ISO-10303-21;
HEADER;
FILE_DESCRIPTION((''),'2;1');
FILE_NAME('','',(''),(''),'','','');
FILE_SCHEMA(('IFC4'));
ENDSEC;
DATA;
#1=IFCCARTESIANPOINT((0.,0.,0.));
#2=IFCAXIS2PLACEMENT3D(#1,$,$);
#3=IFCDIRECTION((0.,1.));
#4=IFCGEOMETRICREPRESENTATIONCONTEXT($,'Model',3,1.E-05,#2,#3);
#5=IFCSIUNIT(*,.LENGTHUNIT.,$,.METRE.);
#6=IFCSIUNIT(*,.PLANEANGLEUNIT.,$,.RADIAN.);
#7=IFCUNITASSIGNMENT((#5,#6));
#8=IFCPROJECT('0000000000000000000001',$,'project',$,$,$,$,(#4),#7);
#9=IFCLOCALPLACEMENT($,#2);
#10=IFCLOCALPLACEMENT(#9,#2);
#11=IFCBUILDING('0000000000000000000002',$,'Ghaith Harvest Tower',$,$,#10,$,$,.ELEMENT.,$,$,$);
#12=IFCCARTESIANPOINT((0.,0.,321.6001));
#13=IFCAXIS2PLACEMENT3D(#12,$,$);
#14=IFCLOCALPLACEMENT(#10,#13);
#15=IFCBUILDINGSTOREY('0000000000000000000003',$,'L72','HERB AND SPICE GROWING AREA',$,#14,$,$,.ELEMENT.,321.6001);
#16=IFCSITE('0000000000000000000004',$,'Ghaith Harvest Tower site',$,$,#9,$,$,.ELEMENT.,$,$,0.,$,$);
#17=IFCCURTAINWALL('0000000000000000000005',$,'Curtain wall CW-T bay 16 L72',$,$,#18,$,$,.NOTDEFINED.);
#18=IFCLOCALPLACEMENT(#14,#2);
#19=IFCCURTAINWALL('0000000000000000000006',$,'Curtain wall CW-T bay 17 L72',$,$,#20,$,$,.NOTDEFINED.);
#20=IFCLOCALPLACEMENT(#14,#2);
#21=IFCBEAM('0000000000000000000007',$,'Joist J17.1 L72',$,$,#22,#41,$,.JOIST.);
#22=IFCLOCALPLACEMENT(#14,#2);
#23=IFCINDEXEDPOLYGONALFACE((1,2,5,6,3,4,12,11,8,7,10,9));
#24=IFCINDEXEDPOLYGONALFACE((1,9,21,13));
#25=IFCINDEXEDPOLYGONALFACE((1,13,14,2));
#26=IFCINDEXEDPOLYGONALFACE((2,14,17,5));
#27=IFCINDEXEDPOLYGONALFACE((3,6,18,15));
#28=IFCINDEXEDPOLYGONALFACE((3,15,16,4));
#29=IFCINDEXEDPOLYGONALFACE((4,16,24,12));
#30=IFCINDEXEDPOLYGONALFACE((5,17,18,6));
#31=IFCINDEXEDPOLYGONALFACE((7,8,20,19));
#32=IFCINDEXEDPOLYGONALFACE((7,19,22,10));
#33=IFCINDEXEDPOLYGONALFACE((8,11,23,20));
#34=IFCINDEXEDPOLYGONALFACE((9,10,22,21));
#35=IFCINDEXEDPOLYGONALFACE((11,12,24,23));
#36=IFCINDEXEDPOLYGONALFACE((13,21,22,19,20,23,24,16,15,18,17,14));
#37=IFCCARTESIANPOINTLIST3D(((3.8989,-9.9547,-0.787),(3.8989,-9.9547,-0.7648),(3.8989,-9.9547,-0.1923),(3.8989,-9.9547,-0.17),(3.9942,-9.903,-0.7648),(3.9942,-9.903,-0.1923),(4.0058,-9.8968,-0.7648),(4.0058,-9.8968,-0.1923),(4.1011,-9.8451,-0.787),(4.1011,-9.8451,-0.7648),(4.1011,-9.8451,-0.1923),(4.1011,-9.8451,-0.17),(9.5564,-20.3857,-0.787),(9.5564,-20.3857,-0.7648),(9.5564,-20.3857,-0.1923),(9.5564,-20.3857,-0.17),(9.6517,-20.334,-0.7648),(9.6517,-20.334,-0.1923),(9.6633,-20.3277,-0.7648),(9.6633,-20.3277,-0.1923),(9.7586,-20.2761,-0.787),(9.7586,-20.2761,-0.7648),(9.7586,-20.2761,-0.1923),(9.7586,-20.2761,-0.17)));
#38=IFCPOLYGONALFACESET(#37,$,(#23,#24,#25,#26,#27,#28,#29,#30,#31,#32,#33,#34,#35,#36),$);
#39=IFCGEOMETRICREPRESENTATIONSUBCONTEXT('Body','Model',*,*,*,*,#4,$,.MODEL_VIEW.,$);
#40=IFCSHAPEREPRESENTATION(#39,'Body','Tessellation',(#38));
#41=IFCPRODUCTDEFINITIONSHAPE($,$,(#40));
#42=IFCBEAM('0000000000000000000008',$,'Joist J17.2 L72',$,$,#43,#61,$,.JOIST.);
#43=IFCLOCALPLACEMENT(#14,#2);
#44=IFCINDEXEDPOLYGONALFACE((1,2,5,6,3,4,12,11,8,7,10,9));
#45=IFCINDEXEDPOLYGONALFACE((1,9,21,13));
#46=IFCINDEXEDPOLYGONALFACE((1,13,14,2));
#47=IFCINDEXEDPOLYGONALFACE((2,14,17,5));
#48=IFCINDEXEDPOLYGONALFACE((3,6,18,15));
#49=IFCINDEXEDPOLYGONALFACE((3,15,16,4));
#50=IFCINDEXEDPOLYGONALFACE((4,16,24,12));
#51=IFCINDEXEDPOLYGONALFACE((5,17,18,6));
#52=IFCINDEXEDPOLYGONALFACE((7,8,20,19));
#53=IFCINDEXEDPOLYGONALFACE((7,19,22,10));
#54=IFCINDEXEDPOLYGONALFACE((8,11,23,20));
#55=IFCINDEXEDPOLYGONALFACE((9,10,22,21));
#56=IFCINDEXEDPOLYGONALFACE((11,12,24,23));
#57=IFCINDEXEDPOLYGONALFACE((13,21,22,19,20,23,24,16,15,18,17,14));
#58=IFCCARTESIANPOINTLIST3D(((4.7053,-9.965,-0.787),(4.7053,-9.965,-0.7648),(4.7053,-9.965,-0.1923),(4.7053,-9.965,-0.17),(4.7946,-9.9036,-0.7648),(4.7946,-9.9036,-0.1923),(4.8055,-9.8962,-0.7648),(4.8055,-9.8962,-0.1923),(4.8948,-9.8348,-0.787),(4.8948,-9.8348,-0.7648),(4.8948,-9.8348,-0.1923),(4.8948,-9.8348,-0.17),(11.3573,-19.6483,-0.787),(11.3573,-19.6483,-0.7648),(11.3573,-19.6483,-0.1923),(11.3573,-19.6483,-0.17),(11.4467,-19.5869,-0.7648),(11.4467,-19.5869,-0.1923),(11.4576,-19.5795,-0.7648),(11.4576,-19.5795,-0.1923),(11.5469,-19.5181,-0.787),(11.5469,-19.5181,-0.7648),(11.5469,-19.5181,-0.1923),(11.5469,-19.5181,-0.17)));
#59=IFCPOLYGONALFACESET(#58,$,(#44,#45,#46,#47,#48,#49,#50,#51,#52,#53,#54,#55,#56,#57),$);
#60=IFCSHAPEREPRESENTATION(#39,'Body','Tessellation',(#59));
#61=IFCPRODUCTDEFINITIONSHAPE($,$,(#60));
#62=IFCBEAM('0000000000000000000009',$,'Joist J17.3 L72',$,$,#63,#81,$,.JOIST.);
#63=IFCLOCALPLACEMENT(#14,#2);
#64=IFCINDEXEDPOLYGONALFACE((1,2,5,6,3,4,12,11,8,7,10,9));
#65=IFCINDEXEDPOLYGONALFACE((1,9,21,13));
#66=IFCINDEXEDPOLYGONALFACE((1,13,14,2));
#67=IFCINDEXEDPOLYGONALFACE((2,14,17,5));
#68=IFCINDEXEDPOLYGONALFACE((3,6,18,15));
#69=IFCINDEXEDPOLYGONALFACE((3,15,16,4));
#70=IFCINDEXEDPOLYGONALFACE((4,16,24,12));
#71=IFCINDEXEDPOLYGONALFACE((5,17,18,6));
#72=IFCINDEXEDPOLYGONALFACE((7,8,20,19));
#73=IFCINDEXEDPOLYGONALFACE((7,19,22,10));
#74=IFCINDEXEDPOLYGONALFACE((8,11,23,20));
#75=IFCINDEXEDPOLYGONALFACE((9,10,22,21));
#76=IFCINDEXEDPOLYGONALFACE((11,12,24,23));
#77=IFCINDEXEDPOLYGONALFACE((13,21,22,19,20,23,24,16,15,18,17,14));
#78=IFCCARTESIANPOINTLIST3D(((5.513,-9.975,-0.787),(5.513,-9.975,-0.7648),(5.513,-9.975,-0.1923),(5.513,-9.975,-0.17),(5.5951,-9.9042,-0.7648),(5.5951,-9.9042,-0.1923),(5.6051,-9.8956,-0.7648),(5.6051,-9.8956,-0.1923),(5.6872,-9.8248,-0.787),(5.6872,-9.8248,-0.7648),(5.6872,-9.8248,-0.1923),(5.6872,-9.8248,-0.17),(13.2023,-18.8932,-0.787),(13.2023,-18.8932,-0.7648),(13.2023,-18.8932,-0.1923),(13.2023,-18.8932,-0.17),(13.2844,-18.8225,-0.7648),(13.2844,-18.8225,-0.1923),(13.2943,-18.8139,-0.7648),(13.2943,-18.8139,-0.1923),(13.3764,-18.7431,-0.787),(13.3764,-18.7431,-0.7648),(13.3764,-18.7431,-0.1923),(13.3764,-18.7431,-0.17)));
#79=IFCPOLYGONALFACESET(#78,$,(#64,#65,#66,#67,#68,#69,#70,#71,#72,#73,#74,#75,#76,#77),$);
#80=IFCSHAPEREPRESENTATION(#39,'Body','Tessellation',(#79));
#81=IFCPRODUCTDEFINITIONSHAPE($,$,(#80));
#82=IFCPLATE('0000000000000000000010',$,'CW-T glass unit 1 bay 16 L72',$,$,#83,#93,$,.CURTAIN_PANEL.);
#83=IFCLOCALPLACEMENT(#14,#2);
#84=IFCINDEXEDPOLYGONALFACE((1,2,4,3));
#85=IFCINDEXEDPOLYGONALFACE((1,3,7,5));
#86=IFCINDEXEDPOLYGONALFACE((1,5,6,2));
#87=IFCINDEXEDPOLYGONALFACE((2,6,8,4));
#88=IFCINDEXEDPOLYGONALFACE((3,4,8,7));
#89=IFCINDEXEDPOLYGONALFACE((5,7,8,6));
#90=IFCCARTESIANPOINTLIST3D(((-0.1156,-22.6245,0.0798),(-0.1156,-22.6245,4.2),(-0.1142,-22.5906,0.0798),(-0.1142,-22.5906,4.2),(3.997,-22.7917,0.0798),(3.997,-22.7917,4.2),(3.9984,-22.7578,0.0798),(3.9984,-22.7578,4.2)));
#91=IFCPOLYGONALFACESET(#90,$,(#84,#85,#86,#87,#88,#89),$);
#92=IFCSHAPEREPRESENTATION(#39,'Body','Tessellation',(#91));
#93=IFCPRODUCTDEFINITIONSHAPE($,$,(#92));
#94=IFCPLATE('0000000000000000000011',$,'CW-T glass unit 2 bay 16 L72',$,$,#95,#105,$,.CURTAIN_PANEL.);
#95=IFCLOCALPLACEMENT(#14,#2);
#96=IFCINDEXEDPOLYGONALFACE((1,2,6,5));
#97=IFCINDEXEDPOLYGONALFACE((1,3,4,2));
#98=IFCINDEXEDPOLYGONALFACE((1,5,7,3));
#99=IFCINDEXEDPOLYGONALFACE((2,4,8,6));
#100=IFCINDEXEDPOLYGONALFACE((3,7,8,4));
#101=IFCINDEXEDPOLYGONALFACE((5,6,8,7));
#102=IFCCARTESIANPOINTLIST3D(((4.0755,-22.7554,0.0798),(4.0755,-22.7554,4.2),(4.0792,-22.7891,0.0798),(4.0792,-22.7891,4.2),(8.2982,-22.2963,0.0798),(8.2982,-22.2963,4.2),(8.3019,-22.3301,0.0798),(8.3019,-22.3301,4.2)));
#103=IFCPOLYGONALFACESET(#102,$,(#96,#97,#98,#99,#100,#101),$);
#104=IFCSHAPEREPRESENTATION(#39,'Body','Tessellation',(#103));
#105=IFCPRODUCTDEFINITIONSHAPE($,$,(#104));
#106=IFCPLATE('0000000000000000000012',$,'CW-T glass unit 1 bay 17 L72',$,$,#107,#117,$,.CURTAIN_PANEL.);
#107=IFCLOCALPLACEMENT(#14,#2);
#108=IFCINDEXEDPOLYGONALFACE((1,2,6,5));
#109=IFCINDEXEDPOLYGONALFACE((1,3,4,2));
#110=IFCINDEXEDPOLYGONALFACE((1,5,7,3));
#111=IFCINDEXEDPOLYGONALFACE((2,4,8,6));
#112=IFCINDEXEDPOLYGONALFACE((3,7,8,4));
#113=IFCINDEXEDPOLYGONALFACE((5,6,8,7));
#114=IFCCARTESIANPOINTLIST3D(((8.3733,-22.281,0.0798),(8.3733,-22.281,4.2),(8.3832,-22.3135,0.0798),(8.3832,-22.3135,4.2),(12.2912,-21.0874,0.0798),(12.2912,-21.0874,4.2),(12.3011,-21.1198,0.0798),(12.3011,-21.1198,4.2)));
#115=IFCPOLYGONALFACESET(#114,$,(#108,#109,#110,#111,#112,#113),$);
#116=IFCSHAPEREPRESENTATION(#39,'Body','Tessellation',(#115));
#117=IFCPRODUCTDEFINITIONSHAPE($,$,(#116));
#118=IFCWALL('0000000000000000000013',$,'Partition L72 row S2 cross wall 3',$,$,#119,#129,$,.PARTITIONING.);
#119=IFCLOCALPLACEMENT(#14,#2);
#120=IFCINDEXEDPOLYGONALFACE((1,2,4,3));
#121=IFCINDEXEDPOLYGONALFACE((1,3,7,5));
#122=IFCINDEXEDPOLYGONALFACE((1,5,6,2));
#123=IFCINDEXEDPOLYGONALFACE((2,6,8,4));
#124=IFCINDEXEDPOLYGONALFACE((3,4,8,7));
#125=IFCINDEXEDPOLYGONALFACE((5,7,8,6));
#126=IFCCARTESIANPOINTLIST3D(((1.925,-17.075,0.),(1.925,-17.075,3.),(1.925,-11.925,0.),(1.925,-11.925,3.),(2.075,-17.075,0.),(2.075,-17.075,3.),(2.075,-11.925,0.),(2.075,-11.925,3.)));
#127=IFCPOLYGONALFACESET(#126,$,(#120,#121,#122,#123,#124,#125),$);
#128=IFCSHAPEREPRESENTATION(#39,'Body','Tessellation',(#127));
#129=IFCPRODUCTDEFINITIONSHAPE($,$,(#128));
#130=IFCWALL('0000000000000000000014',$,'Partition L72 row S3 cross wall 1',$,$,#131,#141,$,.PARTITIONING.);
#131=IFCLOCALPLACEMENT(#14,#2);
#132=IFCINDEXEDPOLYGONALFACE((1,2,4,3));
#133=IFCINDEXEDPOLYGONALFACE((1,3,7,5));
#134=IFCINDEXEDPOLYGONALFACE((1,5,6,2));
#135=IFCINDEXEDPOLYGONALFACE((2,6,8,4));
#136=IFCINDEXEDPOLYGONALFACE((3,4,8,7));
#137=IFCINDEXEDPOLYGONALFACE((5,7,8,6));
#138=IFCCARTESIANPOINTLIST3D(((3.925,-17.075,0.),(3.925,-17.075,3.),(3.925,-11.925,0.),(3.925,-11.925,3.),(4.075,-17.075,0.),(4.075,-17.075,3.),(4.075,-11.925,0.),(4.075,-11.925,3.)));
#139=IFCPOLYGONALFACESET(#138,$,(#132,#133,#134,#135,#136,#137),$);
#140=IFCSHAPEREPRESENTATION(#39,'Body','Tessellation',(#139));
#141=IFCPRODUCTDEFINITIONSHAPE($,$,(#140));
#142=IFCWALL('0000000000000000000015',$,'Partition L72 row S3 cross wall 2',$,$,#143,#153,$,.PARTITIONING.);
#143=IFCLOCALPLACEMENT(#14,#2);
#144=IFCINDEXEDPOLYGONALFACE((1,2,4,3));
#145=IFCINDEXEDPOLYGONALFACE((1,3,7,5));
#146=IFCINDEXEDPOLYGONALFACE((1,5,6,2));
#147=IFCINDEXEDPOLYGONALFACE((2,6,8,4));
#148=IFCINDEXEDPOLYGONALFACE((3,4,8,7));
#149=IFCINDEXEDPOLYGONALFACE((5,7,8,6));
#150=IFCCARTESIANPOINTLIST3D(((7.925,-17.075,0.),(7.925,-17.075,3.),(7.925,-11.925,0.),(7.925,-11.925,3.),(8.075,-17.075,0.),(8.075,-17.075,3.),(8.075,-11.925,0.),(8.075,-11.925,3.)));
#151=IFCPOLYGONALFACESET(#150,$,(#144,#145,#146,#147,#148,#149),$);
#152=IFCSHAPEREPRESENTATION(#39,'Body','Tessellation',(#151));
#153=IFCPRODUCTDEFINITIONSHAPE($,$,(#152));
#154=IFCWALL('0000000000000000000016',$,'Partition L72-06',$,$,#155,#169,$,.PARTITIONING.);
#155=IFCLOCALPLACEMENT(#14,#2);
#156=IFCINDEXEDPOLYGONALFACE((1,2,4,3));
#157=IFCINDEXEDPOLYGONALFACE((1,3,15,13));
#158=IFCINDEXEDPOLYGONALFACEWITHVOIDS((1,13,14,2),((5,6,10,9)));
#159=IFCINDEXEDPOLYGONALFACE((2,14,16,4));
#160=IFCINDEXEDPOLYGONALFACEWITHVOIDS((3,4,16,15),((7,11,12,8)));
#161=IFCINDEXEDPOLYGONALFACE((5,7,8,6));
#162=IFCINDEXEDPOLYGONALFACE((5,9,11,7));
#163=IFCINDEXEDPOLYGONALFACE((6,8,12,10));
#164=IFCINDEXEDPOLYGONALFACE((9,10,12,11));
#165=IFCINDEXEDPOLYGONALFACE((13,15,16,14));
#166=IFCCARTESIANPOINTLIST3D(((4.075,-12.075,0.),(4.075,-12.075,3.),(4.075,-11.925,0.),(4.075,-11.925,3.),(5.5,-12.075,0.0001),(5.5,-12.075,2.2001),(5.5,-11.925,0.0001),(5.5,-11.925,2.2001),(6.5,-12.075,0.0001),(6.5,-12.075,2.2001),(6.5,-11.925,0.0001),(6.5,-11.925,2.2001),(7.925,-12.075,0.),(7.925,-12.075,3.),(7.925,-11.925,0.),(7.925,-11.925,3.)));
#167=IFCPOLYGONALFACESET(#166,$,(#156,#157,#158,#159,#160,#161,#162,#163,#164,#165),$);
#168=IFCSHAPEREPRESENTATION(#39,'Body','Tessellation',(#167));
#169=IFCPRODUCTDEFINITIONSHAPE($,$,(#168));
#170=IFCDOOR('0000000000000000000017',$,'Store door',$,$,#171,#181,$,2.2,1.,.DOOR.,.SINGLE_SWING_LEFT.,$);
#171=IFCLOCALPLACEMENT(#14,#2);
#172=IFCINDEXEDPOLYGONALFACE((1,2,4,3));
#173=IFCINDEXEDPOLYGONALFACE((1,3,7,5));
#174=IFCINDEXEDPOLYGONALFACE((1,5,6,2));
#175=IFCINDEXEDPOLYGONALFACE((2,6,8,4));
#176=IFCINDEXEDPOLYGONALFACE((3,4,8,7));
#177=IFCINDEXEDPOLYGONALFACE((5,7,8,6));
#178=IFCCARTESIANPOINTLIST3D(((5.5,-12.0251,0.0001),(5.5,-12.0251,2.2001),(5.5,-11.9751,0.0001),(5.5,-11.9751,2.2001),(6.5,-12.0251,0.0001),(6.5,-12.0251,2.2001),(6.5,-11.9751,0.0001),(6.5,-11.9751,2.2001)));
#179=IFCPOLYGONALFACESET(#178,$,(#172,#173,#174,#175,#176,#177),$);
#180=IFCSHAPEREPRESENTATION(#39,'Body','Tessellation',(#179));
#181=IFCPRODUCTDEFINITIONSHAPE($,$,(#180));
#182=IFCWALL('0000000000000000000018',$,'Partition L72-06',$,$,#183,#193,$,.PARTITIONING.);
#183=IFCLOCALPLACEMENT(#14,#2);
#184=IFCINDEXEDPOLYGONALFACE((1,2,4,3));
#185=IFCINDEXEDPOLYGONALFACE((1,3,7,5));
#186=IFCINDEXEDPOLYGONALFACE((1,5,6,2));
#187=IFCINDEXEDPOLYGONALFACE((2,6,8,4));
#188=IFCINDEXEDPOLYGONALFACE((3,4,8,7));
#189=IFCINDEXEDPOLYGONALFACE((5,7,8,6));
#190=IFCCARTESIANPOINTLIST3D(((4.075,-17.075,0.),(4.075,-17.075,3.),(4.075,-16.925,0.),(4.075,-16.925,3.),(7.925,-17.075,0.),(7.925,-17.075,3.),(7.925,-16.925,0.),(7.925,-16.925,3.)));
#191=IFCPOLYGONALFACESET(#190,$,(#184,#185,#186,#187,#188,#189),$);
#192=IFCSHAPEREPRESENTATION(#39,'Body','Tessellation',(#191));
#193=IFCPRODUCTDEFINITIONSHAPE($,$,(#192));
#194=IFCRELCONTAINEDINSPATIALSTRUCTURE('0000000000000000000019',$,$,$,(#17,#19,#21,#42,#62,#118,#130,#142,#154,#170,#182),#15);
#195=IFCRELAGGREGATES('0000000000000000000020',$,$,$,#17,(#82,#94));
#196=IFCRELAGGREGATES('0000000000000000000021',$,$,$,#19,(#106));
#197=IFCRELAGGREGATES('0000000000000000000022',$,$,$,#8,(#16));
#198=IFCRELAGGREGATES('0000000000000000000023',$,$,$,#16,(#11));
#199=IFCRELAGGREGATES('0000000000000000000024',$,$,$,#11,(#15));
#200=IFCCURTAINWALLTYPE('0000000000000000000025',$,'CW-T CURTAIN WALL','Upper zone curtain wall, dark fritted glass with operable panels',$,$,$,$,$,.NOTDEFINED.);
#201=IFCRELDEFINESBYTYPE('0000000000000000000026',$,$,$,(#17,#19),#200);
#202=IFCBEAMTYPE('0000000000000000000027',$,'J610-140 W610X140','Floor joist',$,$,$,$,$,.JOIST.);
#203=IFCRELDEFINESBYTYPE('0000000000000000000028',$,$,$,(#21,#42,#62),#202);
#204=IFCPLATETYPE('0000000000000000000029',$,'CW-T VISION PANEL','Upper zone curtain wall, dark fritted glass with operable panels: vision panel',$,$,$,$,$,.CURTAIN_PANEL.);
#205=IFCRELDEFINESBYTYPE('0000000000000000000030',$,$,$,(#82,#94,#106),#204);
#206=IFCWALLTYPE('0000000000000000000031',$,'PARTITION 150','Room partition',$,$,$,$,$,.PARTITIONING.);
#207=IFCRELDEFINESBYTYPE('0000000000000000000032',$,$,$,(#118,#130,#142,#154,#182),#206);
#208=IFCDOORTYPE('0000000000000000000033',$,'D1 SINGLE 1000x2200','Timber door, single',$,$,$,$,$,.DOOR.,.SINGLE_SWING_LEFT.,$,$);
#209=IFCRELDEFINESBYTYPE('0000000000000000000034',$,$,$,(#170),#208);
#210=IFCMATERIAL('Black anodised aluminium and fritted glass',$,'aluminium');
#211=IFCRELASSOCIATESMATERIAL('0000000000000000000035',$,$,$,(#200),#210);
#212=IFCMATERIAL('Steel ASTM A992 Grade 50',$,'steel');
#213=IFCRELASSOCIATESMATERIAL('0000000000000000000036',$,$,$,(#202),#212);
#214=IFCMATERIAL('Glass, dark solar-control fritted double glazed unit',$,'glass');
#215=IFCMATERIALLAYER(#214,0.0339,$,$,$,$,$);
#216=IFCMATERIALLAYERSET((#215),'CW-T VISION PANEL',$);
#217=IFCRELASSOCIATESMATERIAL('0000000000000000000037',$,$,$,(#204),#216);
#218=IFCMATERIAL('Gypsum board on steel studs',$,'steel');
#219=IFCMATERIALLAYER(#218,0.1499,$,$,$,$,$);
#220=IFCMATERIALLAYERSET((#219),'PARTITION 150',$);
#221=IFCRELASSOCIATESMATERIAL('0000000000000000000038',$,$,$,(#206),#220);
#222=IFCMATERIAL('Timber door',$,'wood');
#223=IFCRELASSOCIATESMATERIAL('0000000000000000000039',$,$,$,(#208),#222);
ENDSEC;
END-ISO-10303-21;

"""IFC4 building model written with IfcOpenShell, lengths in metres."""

from ifc_helpers import new_model, si_unit, direction, frame, frame_2d, origin, origin_2d, place, context, subcontext, project, spatial, rectangle, i_section, extrude, material, layer, layer_set, material_profile, profile_set, type_object, element, fill, aggregate, save


model = new_model("IFC4")

# Units and contexts
model_context = context("Model", 3, precision=1e-05, world=origin(), true_north=direction((0.0, 1.0)))
body_context = subcontext(model_context, "Body", "Model", "MODEL_VIEW")
ifc_project = project(units=[si_unit("LENGTHUNIT", "METRE"), si_unit("PLANEANGLEUNIT", "RADIAN")], contexts=[model_context])

# Site, building, storey
site_placement = place(None, origin())
site = spatial("IfcSite", under=ifc_project, at=site_placement, Name="Ghaith Harvest Tower site", CompositionType="ELEMENT", RefElevation=0.0)
building_placement = place(site_placement, origin())
building = spatial("IfcBuilding", under=site, at=building_placement, Name="Ghaith Harvest Tower", CompositionType="ELEMENT")
storey_placement = place(building_placement, frame((0.0, 0.0, 321.6001)))
storey = spatial("IfcBuildingStorey", under=building, at=storey_placement, Name="L72", Description="HERB AND SPICE GROWING AREA", CompositionType="ELEMENT", Elevation=321.6001)

# Curtain walls
ifc_material_1 = material(Name="Black anodised aluminium and fritted glass", Category="aluminium")
curtain_wall_type = type_object("IfcCurtainWallType", Name="CW-T CURTAIN WALL", Description="Upper zone curtain wall, dark fritted glass with operable panels", PredefinedType="NOTDEFINED", material=ifc_material_1)
curtain_wall_1_placement = place(storey_placement, origin())
curtain_wall_1 = element("IfcCurtainWall", 1, at=curtain_wall_1_placement, inside=storey, type_object=curtain_wall_type, Name="Curtain wall CW-T bay 16 L72", PredefinedType="NOTDEFINED")
curtain_wall_2_placement = place(storey_placement, origin())
curtain_wall_2 = element("IfcCurtainWall", 2, at=curtain_wall_2_placement, inside=storey, type_object=curtain_wall_type, Name="Curtain wall CW-T bay 17 L72", PredefinedType="NOTDEFINED")

# Beams
ifc_material_2 = material(Name="Steel ASTM A992 Grade 50", Category="steel")
ifc_material_profile_1 = material_profile(ifc_material_2, i_section(OverallWidth=0.23, OverallDepth=0.6169, WebThickness=0.0132, FlangeThickness=0.0222, at=origin_2d()), Name="W610X140")
ifc_profile_set_1 = profile_set([ifc_material_profile_1], Name="Steel ASTM A992 Grade 50")
beam_type_1 = type_object("IfcBeamType", Name="J610-140 W610X140", Description="Floor joist", PredefinedType="JOIST", material=ifc_profile_set_1)
beam_1_placement = place(storey_placement, frame((4.0, -9.8999, -0.4785), z_axis=(0.476765, -0.879031, 0.0), x_axis=(0.879031, 0.476765, 0.0)))
element("IfcBeam", 3, at=beam_1_placement, inside=storey, type_object=beam_type_1, Name="Joist J17.1 L72", PredefinedType="JOIST", context=body_context, shape_type="SweptSolid", body=[
    extrude(i_section(OverallWidth=0.23, OverallDepth=0.6169, WebThickness=0.0132, FlangeThickness=0.0222, at=origin_2d()), origin(), (0.0, 0.0, 1.0), 11.8665),
])
beam_2_placement = place(storey_placement, frame((4.8, -9.8999, -0.4785), z_axis=(0.566228, -0.824249, 0.0), x_axis=(0.824249, 0.566228, 0.0)))
element("IfcBeam", 4, at=beam_2_placement, inside=storey, type_object=beam_type_1, Name="Joist J17.2 L72", PredefinedType="JOIST", context=body_context, shape_type="SweptSolid", body=[
    extrude(i_section(OverallWidth=0.23, OverallDepth=0.6169, WebThickness=0.0132, FlangeThickness=0.0222, at=origin_2d()), origin(), (0.0, 0.0, 1.0), 11.748),
])
beam_3_placement = place(storey_placement, frame((5.6001, -9.8999, -0.4785), z_axis=(0.652993, -0.757364, 0.0), x_axis=(0.757364, 0.652993, 0.0)))
element("IfcBeam", 5, at=beam_3_placement, inside=storey, type_object=beam_type_1, Name="Joist J17.3 L72", PredefinedType="JOIST", context=body_context, shape_type="SweptSolid", body=[
    extrude(i_section(OverallWidth=0.23, OverallDepth=0.6169, WebThickness=0.0132, FlangeThickness=0.0222, at=origin_2d()), origin(), (0.0, 0.0, 1.0), 11.7754),
])

# Plates
ifc_material_3 = material(Name="Glass, dark solar-control fritted double glazed unit", Category="glass")
ifc_layer_1 = layer(ifc_material_3, 0.0339)
ifc_layer_set_1 = layer_set([ifc_layer_1], Name="CW-T VISION PANEL")
plate_type = type_object("IfcPlateType", Name="CW-T VISION PANEL", Description="Upper zone curtain wall, dark fritted glass with operable panels: vision panel", PredefinedType="CURTAIN_PANEL", material=ifc_layer_set_1)
plate_1_placement = place(storey_placement, frame((1.9414, -22.6912, 0.0798), z_axis=(0.0, 0.0, 1.0), x_axis=(0.999174, -0.040638, 0.0)))
plate_1 = element("IfcPlate", 6, at=plate_1_placement, type_object=plate_type, Name="CW-T glass unit 1 bay 16 L72", PredefinedType="CURTAIN_PANEL", context=body_context, shape_type="SweptSolid", body=[
    extrude(rectangle(XDim=4.116, YDim=0.0339, at=origin_2d()), origin(), (0.0, 0.0, 1.0), 4.1201),
])
plate_2_placement = place(storey_placement, frame((6.1887, -22.5427, 0.0798), z_axis=(0.0, 0.0, 1.0), x_axis=(0.994143, 0.108074, 0.0)))
plate_2 = element("IfcPlate", 7, at=plate_2_placement, type_object=plate_type, Name="CW-T glass unit 2 bay 16 L72", PredefinedType="CURTAIN_PANEL", context=body_context, shape_type="SweptSolid", body=[
    extrude(rectangle(XDim=4.2476, YDim=0.0339, at=origin_2d()), origin(), (0.0, 0.0, 1.0), 4.1201),
])
aggregate(curtain_wall_1, [plate_1, plate_2])
plate_3_placement = place(storey_placement, frame((10.3372, -21.7004, 0.0798), z_axis=(0.0, 0.0, 1.0), x_axis=(0.956588, 0.291445, 0.0)))
plate_3 = element("IfcPlate", 8, at=plate_3_placement, type_object=plate_type, Name="CW-T glass unit 1 bay 17 L72", PredefinedType="CURTAIN_PANEL", context=body_context, shape_type="SweptSolid", body=[
    extrude(rectangle(XDim=4.0957, YDim=0.0339, at=origin_2d()), origin(), (0.0, 0.0, 1.0), 4.1201),
])
aggregate(curtain_wall_2, [plate_3])

# Walls
ifc_material_4 = material(Name="Gypsum board on steel studs", Category="steel")
ifc_layer_2 = layer(ifc_material_4, 0.1499)
ifc_layer_set_2 = layer_set([ifc_layer_2], Name="PARTITION 150")
wall_type = type_object("IfcWallType", Name="PARTITION 150", Description="Room partition", PredefinedType="PARTITIONING", material=ifc_layer_set_2)
for number, where, z_axis, x_axis, name in (
    (9, (2.0, -11.925, 0.0), (0.0, 0.0, 1.0), (0.0, -1.0, 0.0), "Partition L72 row S2 cross wall 3"),
    (10, (4.0, -11.925, 0.0), (0.0, 0.0, 1.0), (0.0, -1.0, 0.0), "Partition L72 row S3 cross wall 1"),
    (11, (8.0, -11.925, 0.0), (0.0, 0.0, 1.0), (0.0, -1.0, 0.0), "Partition L72 row S3 cross wall 2"),
):
    element("IfcWall", number, at=place(storey_placement, frame(where, z_axis=z_axis, x_axis=x_axis)), inside=storey, type_object=wall_type, Name=name, PredefinedType="PARTITIONING", context=body_context, shape_type="SweptSolid", body=[
        extrude(rectangle(XDim=5.1499, YDim=0.1499, at=frame_2d((2.575, 0.0))), origin(), (0.0, 0.0, 1.0), 3.0),
    ])

# Wall, opening, door
wall_1_placement = place(storey_placement, frame((4.075, -12.0, 0.0), z_axis=(0.0, 0.0, 1.0), x_axis=(1.0, 0.0, 0.0)))
wall_1 = element("IfcWall", 12, at=wall_1_placement, inside=storey, type_object=wall_type, Name="Partition L72-06", PredefinedType="PARTITIONING", context=body_context, shape_type="SweptSolid", body=[
    extrude(rectangle(XDim=3.8501, YDim=0.1499, at=frame_2d((1.925, 0.0))), origin(), (0.0, 0.0, 1.0), 3.0),
])
opening_1_placement = place(wall_1_placement, frame((1.425, 0.0, 0.0)))
opening_1 = element("IfcOpeningElement", 13, at=opening_1_placement, cuts=wall_1, PredefinedType="OPENING", context=body_context, shape_type="SweptSolid", body=[
    extrude(rectangle(XDim=1.0, YDim=2.2, at=frame_2d((0.5, 1.1001))), frame((0.0, 0.085, 0.0), z_axis=(0.0, -1.0, 0.0), x_axis=(1.0, 0.0, 0.0)), (0.0, 0.0, 1.0), 0.1699),
])
ifc_material_5 = material(Name="Timber door", Category="wood")
door_type_1 = type_object("IfcDoorType", Name="D1 SINGLE 1000x2200", Description="Timber door, single", OperationType="SINGLE_SWING_LEFT", PredefinedType="DOOR", material=ifc_material_5)
door_1_placement = place(opening_1_placement, origin())
door_1 = element("IfcDoor", 14, at=door_1_placement, inside=storey, type_object=door_type_1, Name="Store door", OperationType="SINGLE_SWING_LEFT", OverallHeight=2.2, OverallWidth=1.0, PredefinedType="DOOR", context=body_context, shape_type="SweptSolid", body=[
    extrude(rectangle(XDim=1.0, YDim=2.2, at=frame_2d((0.5, 1.1001))), frame((0.0, 0.0249, 0.0), z_axis=(0.0, -1.0, 0.0), x_axis=(1.0, 0.0, 0.0)), (0.0, 0.0, 1.0), 0.05),
])
fill(opening_1, door_1)

# Wall
wall_2_placement = place(storey_placement, frame((4.075, -17.0, 0.0), z_axis=(0.0, 0.0, 1.0), x_axis=(1.0, 0.0, 0.0)))
element("IfcWall", 15, at=wall_2_placement, inside=storey, type_object=wall_type, Name="Partition L72-06", PredefinedType="PARTITIONING", context=body_context, shape_type="SweptSolid", body=[
    extrude(rectangle(XDim=3.8501, YDim=0.1499, at=frame_2d((1.925, 0.0))), origin(), (0.0, 0.0, 1.0), 3.0),
])

save(model, "model.ifc")
